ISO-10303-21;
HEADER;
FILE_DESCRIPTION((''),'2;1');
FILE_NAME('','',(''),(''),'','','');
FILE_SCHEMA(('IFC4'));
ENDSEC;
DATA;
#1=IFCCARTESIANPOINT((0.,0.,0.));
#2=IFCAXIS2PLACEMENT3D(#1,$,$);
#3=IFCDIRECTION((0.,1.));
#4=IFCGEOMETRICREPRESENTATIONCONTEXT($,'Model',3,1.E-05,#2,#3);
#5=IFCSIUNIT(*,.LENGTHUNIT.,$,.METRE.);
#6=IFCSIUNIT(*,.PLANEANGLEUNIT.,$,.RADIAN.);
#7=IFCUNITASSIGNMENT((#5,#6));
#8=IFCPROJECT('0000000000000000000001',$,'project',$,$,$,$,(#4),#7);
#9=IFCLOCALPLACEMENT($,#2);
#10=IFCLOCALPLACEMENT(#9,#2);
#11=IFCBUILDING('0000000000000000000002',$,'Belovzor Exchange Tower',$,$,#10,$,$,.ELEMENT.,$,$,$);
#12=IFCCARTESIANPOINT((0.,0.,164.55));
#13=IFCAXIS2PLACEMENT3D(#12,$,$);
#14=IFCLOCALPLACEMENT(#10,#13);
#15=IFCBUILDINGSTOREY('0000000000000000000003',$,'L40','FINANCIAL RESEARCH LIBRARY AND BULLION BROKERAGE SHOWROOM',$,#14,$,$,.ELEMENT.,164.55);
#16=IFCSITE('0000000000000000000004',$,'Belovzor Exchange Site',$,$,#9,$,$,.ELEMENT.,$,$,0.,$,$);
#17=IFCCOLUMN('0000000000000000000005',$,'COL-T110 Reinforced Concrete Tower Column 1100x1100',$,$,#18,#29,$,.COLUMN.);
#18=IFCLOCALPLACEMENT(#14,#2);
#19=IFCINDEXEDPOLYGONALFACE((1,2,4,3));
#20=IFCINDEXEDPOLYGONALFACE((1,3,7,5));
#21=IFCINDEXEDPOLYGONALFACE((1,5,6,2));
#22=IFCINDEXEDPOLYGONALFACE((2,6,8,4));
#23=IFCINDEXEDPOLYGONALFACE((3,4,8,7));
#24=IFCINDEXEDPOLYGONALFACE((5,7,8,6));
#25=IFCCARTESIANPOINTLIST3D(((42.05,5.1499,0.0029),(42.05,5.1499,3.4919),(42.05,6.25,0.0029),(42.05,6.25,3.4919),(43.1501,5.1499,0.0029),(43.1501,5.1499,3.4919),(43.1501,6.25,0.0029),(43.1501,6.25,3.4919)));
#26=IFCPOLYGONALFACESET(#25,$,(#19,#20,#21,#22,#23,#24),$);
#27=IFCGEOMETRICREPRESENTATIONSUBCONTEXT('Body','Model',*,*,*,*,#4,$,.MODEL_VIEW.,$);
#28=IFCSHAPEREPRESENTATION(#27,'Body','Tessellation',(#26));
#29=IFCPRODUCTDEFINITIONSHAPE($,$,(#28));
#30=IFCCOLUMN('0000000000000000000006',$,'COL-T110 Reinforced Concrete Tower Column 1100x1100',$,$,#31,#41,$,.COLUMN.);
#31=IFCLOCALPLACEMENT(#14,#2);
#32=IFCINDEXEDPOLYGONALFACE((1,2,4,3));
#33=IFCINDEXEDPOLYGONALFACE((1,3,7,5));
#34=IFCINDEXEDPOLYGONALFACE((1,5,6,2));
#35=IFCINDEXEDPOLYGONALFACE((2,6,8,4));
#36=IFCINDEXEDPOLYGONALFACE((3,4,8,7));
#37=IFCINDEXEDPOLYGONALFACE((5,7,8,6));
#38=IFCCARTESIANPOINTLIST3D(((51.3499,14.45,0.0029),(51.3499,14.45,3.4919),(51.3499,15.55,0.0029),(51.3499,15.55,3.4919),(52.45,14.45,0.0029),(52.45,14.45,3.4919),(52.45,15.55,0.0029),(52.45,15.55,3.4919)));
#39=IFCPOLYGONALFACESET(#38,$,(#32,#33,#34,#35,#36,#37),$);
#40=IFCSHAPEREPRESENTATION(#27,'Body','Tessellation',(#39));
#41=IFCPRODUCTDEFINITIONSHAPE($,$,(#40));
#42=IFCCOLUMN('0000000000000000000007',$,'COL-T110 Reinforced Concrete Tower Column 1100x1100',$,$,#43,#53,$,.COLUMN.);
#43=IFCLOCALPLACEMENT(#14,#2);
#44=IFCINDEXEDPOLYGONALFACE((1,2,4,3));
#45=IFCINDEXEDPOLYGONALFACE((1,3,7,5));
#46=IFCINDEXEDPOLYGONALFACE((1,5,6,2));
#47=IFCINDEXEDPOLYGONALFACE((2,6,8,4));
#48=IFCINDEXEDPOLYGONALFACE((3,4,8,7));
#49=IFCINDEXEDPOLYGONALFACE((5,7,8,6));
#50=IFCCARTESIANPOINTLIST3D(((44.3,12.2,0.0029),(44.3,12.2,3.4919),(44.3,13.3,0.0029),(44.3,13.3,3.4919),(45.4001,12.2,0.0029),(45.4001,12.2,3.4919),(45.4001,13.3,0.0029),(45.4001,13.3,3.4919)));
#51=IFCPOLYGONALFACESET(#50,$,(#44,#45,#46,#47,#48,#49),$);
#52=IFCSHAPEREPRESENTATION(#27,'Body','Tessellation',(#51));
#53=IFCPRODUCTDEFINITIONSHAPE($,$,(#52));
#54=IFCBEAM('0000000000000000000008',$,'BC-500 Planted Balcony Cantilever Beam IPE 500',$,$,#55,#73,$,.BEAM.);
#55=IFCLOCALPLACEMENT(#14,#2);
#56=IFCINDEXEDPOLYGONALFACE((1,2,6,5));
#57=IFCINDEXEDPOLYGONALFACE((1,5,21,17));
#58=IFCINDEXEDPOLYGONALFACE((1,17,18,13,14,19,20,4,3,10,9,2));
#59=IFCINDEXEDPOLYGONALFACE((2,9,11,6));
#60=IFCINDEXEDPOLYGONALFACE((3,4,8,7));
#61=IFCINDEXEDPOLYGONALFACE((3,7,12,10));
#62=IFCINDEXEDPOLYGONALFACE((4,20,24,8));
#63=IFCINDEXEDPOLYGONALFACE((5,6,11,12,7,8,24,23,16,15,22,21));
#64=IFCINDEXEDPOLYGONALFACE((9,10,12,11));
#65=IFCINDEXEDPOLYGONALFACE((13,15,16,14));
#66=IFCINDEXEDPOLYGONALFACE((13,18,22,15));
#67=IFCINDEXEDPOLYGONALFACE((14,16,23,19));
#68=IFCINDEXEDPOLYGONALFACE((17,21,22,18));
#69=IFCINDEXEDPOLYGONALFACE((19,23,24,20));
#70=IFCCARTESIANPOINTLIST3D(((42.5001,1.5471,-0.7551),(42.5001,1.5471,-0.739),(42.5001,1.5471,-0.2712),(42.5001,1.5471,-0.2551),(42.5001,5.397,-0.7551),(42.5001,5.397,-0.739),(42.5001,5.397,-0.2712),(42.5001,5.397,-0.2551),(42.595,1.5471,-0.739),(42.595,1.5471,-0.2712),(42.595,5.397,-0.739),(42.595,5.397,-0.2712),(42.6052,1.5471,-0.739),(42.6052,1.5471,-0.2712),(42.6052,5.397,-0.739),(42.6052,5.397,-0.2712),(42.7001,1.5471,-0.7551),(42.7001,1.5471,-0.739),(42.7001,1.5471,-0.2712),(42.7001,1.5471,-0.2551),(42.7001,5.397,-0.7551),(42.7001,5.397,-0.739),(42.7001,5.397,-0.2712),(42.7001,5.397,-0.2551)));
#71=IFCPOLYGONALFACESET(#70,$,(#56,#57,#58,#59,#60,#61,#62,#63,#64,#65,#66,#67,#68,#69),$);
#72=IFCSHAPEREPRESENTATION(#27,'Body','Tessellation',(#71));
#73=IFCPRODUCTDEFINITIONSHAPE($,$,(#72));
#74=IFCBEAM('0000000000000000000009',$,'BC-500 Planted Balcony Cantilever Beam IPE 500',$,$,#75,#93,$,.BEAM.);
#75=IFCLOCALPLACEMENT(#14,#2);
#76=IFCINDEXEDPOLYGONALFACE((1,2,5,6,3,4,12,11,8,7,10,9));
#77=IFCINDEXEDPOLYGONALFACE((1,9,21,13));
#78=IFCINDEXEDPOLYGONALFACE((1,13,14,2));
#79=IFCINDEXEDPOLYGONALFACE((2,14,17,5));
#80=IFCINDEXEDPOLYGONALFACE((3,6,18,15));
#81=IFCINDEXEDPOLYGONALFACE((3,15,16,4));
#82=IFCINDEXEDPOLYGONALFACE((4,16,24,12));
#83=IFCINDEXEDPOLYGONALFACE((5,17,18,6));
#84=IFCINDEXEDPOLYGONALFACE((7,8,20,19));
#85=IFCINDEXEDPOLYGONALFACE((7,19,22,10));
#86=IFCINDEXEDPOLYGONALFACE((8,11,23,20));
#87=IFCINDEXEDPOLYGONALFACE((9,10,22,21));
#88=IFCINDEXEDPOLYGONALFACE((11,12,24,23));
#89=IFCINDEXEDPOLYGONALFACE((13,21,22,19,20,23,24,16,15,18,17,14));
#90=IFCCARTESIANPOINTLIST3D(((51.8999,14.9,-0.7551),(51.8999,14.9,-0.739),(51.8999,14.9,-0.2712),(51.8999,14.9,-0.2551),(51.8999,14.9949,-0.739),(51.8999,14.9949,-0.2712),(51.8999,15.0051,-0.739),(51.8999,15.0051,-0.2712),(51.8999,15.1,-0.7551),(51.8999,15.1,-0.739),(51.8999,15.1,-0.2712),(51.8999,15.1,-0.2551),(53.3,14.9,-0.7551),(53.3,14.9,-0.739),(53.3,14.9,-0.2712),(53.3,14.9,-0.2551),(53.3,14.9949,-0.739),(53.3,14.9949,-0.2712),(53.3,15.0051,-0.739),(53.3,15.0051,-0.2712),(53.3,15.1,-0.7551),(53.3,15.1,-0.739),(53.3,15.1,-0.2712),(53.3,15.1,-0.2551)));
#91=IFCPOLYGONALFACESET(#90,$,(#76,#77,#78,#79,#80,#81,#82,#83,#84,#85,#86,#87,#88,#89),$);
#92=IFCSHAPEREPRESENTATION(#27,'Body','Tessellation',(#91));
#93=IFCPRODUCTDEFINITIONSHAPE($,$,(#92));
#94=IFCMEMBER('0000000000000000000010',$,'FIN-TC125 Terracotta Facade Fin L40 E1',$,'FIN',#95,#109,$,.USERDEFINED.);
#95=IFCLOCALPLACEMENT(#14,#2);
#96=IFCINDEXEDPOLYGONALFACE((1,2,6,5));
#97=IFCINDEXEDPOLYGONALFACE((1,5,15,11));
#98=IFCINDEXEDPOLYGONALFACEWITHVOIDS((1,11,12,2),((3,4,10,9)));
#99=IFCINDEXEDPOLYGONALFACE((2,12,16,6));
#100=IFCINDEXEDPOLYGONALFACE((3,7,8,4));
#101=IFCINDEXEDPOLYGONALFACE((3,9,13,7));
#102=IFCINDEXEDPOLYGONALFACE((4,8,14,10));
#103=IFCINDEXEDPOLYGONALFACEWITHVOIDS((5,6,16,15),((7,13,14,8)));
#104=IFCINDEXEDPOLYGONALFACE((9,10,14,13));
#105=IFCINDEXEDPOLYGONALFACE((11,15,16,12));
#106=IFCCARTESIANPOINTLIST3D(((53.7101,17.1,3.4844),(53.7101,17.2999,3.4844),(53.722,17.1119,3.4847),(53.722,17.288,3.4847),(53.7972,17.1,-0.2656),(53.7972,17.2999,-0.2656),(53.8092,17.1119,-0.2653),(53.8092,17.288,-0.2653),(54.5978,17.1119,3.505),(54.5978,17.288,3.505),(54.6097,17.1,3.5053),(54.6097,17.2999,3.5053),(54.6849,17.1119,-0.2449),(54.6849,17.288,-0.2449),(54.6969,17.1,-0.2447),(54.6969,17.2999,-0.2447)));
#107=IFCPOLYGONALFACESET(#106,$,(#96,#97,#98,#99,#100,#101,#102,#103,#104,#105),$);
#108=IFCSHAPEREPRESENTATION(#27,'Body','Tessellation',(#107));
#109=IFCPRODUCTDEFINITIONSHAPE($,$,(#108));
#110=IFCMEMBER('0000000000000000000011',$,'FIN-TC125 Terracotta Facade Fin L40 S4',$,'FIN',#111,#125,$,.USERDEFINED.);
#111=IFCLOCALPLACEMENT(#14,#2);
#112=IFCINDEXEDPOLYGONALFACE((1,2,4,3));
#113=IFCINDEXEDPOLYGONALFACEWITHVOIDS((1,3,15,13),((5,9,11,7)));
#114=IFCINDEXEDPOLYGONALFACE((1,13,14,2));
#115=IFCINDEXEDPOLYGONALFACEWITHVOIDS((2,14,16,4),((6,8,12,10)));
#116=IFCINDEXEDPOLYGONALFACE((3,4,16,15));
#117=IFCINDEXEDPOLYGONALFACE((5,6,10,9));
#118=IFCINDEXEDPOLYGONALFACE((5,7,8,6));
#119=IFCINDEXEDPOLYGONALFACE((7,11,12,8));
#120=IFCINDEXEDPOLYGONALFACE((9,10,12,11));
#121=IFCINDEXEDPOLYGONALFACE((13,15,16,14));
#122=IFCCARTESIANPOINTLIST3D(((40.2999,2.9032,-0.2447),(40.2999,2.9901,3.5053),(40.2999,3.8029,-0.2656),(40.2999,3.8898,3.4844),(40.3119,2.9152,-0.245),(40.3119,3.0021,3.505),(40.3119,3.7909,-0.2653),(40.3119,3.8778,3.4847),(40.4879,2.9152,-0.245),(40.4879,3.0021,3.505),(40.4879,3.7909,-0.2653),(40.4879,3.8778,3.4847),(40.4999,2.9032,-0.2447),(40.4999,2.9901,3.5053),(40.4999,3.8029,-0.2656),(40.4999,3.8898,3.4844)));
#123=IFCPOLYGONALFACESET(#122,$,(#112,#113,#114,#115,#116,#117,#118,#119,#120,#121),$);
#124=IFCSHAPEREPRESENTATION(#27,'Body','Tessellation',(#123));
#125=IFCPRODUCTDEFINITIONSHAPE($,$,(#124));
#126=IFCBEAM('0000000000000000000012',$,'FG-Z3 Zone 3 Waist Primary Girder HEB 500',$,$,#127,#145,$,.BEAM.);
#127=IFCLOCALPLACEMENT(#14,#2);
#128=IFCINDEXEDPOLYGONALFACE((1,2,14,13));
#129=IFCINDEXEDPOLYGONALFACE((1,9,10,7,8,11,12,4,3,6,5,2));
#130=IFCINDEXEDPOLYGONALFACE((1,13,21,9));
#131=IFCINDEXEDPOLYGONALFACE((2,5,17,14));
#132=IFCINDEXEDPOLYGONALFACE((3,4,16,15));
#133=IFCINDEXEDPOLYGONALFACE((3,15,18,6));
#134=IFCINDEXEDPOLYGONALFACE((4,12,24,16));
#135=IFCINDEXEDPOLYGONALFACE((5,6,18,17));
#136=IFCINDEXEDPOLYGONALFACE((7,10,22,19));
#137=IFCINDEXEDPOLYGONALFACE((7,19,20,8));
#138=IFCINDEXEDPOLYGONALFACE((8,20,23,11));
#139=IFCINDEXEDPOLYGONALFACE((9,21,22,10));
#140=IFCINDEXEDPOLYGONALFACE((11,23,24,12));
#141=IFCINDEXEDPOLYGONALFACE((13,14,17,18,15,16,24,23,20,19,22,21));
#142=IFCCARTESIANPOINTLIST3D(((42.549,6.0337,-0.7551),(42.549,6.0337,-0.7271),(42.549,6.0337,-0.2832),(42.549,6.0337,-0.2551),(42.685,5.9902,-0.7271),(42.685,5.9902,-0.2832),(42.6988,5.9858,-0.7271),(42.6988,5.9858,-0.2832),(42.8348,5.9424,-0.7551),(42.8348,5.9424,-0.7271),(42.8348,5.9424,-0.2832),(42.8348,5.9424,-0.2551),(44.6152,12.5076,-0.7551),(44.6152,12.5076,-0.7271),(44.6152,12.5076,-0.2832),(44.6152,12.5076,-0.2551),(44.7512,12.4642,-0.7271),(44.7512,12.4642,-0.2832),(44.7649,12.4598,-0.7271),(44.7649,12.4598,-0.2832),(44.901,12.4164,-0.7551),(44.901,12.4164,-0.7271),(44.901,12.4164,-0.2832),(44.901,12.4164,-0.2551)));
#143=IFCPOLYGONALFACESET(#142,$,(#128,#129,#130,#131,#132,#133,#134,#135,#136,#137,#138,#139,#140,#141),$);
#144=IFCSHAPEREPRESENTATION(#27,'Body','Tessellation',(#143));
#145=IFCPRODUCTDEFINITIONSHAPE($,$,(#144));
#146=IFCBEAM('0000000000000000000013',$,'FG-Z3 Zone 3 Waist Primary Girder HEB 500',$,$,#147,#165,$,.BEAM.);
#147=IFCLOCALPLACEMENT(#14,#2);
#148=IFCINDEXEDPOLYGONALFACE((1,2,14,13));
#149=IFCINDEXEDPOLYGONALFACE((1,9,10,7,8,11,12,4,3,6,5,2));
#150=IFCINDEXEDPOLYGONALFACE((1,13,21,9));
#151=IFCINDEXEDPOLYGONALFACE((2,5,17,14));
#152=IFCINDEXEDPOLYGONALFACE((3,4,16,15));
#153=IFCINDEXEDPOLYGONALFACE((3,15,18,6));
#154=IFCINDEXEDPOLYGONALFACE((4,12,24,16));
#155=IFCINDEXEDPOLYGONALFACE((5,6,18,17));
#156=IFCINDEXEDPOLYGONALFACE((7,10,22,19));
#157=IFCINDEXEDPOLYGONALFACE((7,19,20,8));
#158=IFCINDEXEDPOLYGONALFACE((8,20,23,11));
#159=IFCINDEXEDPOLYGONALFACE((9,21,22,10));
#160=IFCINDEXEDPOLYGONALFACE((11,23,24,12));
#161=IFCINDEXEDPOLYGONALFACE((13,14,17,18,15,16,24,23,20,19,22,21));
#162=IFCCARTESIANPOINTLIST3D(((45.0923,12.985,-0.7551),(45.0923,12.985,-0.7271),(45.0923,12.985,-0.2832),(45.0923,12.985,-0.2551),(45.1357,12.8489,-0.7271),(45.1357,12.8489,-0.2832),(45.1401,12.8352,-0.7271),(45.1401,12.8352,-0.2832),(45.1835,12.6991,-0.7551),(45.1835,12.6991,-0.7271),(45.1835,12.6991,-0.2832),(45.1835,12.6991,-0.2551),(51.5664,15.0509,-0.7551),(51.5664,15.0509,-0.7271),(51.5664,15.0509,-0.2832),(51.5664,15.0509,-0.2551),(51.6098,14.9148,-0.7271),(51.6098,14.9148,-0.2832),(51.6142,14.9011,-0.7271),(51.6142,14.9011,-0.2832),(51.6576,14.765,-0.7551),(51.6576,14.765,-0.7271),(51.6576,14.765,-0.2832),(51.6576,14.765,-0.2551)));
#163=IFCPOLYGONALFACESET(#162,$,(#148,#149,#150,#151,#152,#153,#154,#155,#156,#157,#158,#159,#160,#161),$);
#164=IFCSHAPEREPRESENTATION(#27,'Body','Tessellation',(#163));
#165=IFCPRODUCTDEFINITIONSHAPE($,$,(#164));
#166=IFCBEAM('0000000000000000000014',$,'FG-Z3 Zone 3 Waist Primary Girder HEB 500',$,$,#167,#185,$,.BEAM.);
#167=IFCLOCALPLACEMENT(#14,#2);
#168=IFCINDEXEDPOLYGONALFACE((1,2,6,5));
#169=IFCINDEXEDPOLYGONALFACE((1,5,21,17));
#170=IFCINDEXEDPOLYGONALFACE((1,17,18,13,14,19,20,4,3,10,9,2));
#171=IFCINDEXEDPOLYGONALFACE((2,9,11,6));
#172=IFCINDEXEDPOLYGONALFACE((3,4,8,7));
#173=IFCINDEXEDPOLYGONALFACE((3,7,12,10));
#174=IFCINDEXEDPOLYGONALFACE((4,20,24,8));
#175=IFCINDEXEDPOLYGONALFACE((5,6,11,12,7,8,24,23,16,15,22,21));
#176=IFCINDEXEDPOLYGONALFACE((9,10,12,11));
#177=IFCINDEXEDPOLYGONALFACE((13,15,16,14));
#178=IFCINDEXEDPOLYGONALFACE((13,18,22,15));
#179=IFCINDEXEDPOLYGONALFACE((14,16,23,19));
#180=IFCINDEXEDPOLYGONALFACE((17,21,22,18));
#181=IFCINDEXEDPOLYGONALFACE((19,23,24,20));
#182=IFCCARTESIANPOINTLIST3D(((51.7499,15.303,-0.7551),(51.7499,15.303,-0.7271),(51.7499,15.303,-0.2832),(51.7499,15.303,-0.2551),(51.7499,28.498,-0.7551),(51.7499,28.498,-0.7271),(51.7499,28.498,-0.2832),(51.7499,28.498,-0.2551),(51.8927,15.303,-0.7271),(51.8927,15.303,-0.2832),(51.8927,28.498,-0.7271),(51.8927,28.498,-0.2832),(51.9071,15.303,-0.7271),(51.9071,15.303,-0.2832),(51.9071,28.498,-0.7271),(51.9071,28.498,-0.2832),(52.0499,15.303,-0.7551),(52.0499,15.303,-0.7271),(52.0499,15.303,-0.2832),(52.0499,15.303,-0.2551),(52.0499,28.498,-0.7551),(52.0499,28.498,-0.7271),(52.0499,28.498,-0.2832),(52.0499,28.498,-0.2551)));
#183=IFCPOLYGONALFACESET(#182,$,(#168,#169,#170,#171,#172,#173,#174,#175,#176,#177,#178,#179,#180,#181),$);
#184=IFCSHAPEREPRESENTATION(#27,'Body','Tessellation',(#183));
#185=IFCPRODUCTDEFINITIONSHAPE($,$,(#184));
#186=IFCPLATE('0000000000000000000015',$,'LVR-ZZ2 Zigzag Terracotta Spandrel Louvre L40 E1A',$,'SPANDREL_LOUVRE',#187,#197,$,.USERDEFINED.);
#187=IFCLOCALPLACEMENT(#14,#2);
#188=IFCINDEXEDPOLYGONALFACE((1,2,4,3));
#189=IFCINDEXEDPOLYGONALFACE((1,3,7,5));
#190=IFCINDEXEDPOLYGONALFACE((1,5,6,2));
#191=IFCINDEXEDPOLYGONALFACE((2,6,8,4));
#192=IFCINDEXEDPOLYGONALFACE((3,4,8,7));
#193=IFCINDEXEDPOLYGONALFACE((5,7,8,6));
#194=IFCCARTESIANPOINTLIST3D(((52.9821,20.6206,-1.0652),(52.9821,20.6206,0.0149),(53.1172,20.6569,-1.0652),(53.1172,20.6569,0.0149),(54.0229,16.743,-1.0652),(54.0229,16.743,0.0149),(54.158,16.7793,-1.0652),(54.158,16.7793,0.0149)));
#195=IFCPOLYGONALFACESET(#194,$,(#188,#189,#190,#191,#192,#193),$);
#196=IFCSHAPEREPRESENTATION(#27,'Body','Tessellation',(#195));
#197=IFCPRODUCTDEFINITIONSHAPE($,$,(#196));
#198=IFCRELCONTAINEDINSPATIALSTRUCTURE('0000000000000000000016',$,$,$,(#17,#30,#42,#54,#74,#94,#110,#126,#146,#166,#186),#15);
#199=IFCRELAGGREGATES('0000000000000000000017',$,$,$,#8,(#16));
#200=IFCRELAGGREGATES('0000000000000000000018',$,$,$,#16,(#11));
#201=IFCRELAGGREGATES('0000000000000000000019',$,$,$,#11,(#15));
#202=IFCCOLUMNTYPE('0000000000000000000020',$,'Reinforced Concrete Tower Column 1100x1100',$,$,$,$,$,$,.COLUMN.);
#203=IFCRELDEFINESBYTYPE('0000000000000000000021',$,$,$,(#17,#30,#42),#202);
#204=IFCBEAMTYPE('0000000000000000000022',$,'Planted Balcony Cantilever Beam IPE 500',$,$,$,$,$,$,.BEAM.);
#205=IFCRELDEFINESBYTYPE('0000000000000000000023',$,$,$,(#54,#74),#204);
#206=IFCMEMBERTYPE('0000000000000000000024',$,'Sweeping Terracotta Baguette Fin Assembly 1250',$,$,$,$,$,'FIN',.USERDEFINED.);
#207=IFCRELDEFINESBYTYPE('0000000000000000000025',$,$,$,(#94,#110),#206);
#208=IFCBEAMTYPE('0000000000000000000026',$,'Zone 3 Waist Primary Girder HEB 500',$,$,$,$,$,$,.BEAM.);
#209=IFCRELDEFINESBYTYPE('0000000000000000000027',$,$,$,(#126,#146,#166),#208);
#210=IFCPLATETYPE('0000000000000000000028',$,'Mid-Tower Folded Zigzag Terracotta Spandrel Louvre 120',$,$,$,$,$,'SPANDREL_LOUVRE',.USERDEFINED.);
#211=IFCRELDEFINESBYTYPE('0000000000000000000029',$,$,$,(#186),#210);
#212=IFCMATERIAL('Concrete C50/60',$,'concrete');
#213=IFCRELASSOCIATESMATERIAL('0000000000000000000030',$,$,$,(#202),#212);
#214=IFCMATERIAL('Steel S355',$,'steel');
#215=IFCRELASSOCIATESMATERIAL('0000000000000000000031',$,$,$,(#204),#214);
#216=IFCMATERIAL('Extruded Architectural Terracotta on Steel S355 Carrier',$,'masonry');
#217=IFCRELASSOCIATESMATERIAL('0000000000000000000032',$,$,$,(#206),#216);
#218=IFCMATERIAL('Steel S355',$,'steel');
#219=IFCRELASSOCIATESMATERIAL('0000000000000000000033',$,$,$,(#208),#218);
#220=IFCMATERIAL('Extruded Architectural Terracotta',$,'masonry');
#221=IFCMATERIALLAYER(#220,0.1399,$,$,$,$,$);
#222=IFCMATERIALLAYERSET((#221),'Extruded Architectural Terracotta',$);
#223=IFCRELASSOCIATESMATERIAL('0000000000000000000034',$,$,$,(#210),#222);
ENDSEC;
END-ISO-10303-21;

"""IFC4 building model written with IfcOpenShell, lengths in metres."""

from ifc_helpers import new_model, si_unit, direction, frame, origin, origin_2d, place, context, subcontext, project, spatial, rectangle, hollow_rectangle, i_section, extrude, material, layer, layer_set, material_profile, profile_set, type_object, element, save


model = new_model("IFC4")

# Units and contexts
model_context = context("Model", 3, precision=1e-05, world=origin(), true_north=direction((0.0, 1.0)))
body_context = subcontext(model_context, "Body", "Model", "MODEL_VIEW")
ifc_project = project(units=[si_unit("LENGTHUNIT", "METRE"), si_unit("PLANEANGLEUNIT", "RADIAN")], contexts=[model_context])

# Site, building, storey
site_placement = place(None, origin())
site = spatial("IfcSite", under=ifc_project, at=site_placement, Name="Belovzor Exchange Site", CompositionType="ELEMENT", RefElevation=0.0)
building_placement = place(site_placement, origin())
building = spatial("IfcBuilding", under=site, at=building_placement, Name="Belovzor Exchange Tower", CompositionType="ELEMENT")
storey_placement = place(building_placement, frame((0.0, 0.0, 164.55)))
storey = spatial("IfcBuildingStorey", under=building, at=storey_placement, Name="L40", Description="FINANCIAL RESEARCH LIBRARY AND BULLION BROKERAGE SHOWROOM", CompositionType="ELEMENT", Elevation=164.55)

# Columns
ifc_material_1 = material(Name="Concrete C50/60", Category="concrete")
ifc_material_profile_1 = material_profile(ifc_material_1, rectangle(XDim=1.1001, YDim=1.1001, at=origin_2d()))
ifc_profile_set_1 = profile_set([ifc_material_profile_1], Name="Concrete C50/60")
column_type = type_object("IfcColumnType", Name="Reinforced Concrete Tower Column 1100x1100", PredefinedType="COLUMN", material=ifc_profile_set_1)
for number, where, z_axis, x_axis, name in (
    (1, (42.6001, 5.7, 0.0029), (0.0, 0.0, 1.0), (1.0, 0.0, 0.0), "COL-T110 Reinforced Concrete Tower Column 1100x1100"),
    (2, (51.8999, 15.0, 0.0029), (0.0, 0.0, 1.0), (1.0, 0.0, 0.0), "COL-T110 Reinforced Concrete Tower Column 1100x1100"),
    (3, (44.8501, 12.75, 0.0029), (0.0, 0.0, 1.0), (1.0, 0.0, 0.0), "COL-T110 Reinforced Concrete Tower Column 1100x1100"),
):
    element("IfcColumn", number, at=place(storey_placement, frame(where, z_axis=z_axis, x_axis=x_axis)), inside=storey, type_object=column_type, Name=name, PredefinedType="COLUMN", context=body_context, shape_type="SweptSolid", body=[
        extrude(rectangle(XDim=1.1001, YDim=1.1001, at=origin_2d()), origin(), (0.0, 0.0, 1.0), 3.489),
    ])

# Beams
ifc_material_2 = material(Name="Steel S355", Category="steel")
ifc_material_profile_2 = material_profile(ifc_material_2, i_section(OverallWidth=0.2, OverallDepth=0.5, WebThickness=0.0103, FlangeThickness=0.0161, at=origin_2d()))
ifc_profile_set_2 = profile_set([ifc_material_profile_2], Name="Steel S355")
beam_type_1 = type_object("IfcBeamType", Name="Planted Balcony Cantilever Beam IPE 500", PredefinedType="BEAM", material=ifc_profile_set_2)
beam_1_placement = place(storey_placement, frame((42.6001, 5.397, -0.5051), z_axis=(0.0, -1.0, 0.0), x_axis=(1.0, 0.0, 0.0)))
element("IfcBeam", 4, at=beam_1_placement, inside=storey, type_object=beam_type_1, Name="BC-500 Planted Balcony Cantilever Beam IPE 500", PredefinedType="BEAM", context=body_context, shape_type="SweptSolid", body=[
    extrude(i_section(OverallWidth=0.2, OverallDepth=0.5, WebThickness=0.0103, FlangeThickness=0.0161, at=origin_2d()), origin(), (0.0, 0.0, 1.0), 3.8499),
])
beam_2_placement = place(storey_placement, frame((51.8999, 15.0, -0.5051), z_axis=(1.0, 0.0, 0.0), x_axis=(0.0, 1.0, 0.0)))
element("IfcBeam", 5, at=beam_2_placement, inside=storey, type_object=beam_type_1, Name="BC-500 Planted Balcony Cantilever Beam IPE 500", PredefinedType="BEAM", context=body_context, shape_type="SweptSolid", body=[
    extrude(i_section(OverallWidth=0.2, OverallDepth=0.5, WebThickness=0.0103, FlangeThickness=0.0161, at=origin_2d()), origin(), (0.0, 0.0, 1.0), 1.4001),
])

# Members
ifc_material_3 = material(Name="Extruded Architectural Terracotta on Steel S355 Carrier", Category="masonry")
ifc_material_profile_3 = material_profile(ifc_material_3, hollow_rectangle(XDim=0.2, YDim=0.8999, WallThickness=0.012, at=origin_2d()))
ifc_profile_set_3 = profile_set([ifc_material_profile_3], Name="Extruded Architectural Terracotta on Steel S355 Carrier")
member_type = type_object("IfcMemberType", Name="Sweeping Terracotta Baguette Fin Assembly 1250", ElementType="FIN", PredefinedType="USERDEFINED", material=ifc_profile_set_3)
for number, where, z_axis, x_axis, name in (
    (6, (54.2471, 17.2, -0.2551), (-0.023236, 0.0, 0.99973), (0.0, -1.0, 0.0), "FIN-TC125 Terracotta Facade Fin L40 E1"),
    (7, (40.3999, 3.353, -0.2551), (0.0, 0.023171, 0.999732), (-1.0, 0.0, 0.0), "FIN-TC125 Terracotta Facade Fin L40 S4"),
):
    element("IfcMember", number, at=place(storey_placement, frame(where, z_axis=z_axis, x_axis=x_axis)), inside=storey, type_object=member_type, Name=name, ObjectType="FIN", PredefinedType="USERDEFINED", context=body_context, shape_type="SweptSolid", body=[
        extrude(hollow_rectangle(XDim=0.2, YDim=0.8999, WallThickness=0.012, at=origin_2d()), origin(), (0.0, 0.0, 1.0), 3.751),
    ])

# Beams
ifc_material_4 = material(Name="Steel S355", Category="steel")
ifc_material_profile_4 = material_profile(ifc_material_4, i_section(OverallWidth=0.3, OverallDepth=0.5, WebThickness=0.0144, FlangeThickness=0.0281, at=origin_2d()))
ifc_profile_set_4 = profile_set([ifc_material_profile_4], Name="Steel S355")
beam_type_2 = type_object("IfcBeamType", Name="Zone 3 Waist Primary Girder HEB 500", PredefinedType="BEAM", material=ifc_profile_set_4)
for number, where, z_axis, x_axis, name in (
    (8, (42.6919, 5.988, -0.5051), (0.304044, 0.952658, 0.0), (-0.952658, 0.304044, 0.0), "FG-Z3 Zone 3 Waist Primary Girder HEB 500"),
    (9, (45.1379, 12.842, -0.5051), (0.952672, 0.304001, 0.0), (-0.304001, 0.952672, 0.0), "FG-Z3 Zone 3 Waist Primary Girder HEB 500"),
):
    element("IfcBeam", number, at=place(storey_placement, frame(where, z_axis=z_axis, x_axis=x_axis)), inside=storey, type_object=beam_type_2, Name=name, PredefinedType="BEAM", context=body_context, shape_type="SweptSolid", body=[
        extrude(i_section(OverallWidth=0.3, OverallDepth=0.5, WebThickness=0.0144, FlangeThickness=0.0281, at=origin_2d()), origin(), (0.0, 0.0, 1.0), 6.7957),
    ])
beam_3_placement = place(storey_placement, frame((51.8999, 15.303, -0.5051), z_axis=(0.0, 1.0, 0.0), x_axis=(-1.0, 0.0, 0.0)))
element("IfcBeam", 10, at=beam_3_placement, inside=storey, type_object=beam_type_2, Name="FG-Z3 Zone 3 Waist Primary Girder HEB 500", PredefinedType="BEAM", context=body_context, shape_type="SweptSolid", body=[
    extrude(i_section(OverallWidth=0.3, OverallDepth=0.5, WebThickness=0.0144, FlangeThickness=0.0281, at=origin_2d()), origin(), (0.0, 0.0, 1.0), 13.1951),
])

# Plate
ifc_material_5 = material(Name="Extruded Architectural Terracotta", Category="masonry")
ifc_layer_1 = layer(ifc_material_5, 0.1399)
ifc_layer_set_1 = layer_set([ifc_layer_1], Name="Extruded Architectural Terracotta")
plate_type = type_object("IfcPlateType", Name="Mid-Tower Folded Zigzag Terracotta Spandrel Louvre 120", ElementType="SPANDREL_LOUVRE", PredefinedType="USERDEFINED", material=ifc_layer_set_1)
plate_placement = place(storey_placement, frame((53.5701, 18.7, -1.0652), z_axis=(0.0, 0.0, 1.0), x_axis=(-0.25924, 0.965813, 0.0)))
element("IfcPlate", 11, at=plate_placement, inside=storey, type_object=plate_type, Name="LVR-ZZ2 Zigzag Terracotta Spandrel Louvre L40 E1A", ObjectType="SPANDREL_LOUVRE", PredefinedType="USERDEFINED", context=body_context, shape_type="SweptSolid", body=[
    extrude(rectangle(XDim=4.0149, YDim=0.1399, at=origin_2d()), origin(), (0.0, 0.0, 1.0), 1.0801),
])

save(model, "model.ifc")
